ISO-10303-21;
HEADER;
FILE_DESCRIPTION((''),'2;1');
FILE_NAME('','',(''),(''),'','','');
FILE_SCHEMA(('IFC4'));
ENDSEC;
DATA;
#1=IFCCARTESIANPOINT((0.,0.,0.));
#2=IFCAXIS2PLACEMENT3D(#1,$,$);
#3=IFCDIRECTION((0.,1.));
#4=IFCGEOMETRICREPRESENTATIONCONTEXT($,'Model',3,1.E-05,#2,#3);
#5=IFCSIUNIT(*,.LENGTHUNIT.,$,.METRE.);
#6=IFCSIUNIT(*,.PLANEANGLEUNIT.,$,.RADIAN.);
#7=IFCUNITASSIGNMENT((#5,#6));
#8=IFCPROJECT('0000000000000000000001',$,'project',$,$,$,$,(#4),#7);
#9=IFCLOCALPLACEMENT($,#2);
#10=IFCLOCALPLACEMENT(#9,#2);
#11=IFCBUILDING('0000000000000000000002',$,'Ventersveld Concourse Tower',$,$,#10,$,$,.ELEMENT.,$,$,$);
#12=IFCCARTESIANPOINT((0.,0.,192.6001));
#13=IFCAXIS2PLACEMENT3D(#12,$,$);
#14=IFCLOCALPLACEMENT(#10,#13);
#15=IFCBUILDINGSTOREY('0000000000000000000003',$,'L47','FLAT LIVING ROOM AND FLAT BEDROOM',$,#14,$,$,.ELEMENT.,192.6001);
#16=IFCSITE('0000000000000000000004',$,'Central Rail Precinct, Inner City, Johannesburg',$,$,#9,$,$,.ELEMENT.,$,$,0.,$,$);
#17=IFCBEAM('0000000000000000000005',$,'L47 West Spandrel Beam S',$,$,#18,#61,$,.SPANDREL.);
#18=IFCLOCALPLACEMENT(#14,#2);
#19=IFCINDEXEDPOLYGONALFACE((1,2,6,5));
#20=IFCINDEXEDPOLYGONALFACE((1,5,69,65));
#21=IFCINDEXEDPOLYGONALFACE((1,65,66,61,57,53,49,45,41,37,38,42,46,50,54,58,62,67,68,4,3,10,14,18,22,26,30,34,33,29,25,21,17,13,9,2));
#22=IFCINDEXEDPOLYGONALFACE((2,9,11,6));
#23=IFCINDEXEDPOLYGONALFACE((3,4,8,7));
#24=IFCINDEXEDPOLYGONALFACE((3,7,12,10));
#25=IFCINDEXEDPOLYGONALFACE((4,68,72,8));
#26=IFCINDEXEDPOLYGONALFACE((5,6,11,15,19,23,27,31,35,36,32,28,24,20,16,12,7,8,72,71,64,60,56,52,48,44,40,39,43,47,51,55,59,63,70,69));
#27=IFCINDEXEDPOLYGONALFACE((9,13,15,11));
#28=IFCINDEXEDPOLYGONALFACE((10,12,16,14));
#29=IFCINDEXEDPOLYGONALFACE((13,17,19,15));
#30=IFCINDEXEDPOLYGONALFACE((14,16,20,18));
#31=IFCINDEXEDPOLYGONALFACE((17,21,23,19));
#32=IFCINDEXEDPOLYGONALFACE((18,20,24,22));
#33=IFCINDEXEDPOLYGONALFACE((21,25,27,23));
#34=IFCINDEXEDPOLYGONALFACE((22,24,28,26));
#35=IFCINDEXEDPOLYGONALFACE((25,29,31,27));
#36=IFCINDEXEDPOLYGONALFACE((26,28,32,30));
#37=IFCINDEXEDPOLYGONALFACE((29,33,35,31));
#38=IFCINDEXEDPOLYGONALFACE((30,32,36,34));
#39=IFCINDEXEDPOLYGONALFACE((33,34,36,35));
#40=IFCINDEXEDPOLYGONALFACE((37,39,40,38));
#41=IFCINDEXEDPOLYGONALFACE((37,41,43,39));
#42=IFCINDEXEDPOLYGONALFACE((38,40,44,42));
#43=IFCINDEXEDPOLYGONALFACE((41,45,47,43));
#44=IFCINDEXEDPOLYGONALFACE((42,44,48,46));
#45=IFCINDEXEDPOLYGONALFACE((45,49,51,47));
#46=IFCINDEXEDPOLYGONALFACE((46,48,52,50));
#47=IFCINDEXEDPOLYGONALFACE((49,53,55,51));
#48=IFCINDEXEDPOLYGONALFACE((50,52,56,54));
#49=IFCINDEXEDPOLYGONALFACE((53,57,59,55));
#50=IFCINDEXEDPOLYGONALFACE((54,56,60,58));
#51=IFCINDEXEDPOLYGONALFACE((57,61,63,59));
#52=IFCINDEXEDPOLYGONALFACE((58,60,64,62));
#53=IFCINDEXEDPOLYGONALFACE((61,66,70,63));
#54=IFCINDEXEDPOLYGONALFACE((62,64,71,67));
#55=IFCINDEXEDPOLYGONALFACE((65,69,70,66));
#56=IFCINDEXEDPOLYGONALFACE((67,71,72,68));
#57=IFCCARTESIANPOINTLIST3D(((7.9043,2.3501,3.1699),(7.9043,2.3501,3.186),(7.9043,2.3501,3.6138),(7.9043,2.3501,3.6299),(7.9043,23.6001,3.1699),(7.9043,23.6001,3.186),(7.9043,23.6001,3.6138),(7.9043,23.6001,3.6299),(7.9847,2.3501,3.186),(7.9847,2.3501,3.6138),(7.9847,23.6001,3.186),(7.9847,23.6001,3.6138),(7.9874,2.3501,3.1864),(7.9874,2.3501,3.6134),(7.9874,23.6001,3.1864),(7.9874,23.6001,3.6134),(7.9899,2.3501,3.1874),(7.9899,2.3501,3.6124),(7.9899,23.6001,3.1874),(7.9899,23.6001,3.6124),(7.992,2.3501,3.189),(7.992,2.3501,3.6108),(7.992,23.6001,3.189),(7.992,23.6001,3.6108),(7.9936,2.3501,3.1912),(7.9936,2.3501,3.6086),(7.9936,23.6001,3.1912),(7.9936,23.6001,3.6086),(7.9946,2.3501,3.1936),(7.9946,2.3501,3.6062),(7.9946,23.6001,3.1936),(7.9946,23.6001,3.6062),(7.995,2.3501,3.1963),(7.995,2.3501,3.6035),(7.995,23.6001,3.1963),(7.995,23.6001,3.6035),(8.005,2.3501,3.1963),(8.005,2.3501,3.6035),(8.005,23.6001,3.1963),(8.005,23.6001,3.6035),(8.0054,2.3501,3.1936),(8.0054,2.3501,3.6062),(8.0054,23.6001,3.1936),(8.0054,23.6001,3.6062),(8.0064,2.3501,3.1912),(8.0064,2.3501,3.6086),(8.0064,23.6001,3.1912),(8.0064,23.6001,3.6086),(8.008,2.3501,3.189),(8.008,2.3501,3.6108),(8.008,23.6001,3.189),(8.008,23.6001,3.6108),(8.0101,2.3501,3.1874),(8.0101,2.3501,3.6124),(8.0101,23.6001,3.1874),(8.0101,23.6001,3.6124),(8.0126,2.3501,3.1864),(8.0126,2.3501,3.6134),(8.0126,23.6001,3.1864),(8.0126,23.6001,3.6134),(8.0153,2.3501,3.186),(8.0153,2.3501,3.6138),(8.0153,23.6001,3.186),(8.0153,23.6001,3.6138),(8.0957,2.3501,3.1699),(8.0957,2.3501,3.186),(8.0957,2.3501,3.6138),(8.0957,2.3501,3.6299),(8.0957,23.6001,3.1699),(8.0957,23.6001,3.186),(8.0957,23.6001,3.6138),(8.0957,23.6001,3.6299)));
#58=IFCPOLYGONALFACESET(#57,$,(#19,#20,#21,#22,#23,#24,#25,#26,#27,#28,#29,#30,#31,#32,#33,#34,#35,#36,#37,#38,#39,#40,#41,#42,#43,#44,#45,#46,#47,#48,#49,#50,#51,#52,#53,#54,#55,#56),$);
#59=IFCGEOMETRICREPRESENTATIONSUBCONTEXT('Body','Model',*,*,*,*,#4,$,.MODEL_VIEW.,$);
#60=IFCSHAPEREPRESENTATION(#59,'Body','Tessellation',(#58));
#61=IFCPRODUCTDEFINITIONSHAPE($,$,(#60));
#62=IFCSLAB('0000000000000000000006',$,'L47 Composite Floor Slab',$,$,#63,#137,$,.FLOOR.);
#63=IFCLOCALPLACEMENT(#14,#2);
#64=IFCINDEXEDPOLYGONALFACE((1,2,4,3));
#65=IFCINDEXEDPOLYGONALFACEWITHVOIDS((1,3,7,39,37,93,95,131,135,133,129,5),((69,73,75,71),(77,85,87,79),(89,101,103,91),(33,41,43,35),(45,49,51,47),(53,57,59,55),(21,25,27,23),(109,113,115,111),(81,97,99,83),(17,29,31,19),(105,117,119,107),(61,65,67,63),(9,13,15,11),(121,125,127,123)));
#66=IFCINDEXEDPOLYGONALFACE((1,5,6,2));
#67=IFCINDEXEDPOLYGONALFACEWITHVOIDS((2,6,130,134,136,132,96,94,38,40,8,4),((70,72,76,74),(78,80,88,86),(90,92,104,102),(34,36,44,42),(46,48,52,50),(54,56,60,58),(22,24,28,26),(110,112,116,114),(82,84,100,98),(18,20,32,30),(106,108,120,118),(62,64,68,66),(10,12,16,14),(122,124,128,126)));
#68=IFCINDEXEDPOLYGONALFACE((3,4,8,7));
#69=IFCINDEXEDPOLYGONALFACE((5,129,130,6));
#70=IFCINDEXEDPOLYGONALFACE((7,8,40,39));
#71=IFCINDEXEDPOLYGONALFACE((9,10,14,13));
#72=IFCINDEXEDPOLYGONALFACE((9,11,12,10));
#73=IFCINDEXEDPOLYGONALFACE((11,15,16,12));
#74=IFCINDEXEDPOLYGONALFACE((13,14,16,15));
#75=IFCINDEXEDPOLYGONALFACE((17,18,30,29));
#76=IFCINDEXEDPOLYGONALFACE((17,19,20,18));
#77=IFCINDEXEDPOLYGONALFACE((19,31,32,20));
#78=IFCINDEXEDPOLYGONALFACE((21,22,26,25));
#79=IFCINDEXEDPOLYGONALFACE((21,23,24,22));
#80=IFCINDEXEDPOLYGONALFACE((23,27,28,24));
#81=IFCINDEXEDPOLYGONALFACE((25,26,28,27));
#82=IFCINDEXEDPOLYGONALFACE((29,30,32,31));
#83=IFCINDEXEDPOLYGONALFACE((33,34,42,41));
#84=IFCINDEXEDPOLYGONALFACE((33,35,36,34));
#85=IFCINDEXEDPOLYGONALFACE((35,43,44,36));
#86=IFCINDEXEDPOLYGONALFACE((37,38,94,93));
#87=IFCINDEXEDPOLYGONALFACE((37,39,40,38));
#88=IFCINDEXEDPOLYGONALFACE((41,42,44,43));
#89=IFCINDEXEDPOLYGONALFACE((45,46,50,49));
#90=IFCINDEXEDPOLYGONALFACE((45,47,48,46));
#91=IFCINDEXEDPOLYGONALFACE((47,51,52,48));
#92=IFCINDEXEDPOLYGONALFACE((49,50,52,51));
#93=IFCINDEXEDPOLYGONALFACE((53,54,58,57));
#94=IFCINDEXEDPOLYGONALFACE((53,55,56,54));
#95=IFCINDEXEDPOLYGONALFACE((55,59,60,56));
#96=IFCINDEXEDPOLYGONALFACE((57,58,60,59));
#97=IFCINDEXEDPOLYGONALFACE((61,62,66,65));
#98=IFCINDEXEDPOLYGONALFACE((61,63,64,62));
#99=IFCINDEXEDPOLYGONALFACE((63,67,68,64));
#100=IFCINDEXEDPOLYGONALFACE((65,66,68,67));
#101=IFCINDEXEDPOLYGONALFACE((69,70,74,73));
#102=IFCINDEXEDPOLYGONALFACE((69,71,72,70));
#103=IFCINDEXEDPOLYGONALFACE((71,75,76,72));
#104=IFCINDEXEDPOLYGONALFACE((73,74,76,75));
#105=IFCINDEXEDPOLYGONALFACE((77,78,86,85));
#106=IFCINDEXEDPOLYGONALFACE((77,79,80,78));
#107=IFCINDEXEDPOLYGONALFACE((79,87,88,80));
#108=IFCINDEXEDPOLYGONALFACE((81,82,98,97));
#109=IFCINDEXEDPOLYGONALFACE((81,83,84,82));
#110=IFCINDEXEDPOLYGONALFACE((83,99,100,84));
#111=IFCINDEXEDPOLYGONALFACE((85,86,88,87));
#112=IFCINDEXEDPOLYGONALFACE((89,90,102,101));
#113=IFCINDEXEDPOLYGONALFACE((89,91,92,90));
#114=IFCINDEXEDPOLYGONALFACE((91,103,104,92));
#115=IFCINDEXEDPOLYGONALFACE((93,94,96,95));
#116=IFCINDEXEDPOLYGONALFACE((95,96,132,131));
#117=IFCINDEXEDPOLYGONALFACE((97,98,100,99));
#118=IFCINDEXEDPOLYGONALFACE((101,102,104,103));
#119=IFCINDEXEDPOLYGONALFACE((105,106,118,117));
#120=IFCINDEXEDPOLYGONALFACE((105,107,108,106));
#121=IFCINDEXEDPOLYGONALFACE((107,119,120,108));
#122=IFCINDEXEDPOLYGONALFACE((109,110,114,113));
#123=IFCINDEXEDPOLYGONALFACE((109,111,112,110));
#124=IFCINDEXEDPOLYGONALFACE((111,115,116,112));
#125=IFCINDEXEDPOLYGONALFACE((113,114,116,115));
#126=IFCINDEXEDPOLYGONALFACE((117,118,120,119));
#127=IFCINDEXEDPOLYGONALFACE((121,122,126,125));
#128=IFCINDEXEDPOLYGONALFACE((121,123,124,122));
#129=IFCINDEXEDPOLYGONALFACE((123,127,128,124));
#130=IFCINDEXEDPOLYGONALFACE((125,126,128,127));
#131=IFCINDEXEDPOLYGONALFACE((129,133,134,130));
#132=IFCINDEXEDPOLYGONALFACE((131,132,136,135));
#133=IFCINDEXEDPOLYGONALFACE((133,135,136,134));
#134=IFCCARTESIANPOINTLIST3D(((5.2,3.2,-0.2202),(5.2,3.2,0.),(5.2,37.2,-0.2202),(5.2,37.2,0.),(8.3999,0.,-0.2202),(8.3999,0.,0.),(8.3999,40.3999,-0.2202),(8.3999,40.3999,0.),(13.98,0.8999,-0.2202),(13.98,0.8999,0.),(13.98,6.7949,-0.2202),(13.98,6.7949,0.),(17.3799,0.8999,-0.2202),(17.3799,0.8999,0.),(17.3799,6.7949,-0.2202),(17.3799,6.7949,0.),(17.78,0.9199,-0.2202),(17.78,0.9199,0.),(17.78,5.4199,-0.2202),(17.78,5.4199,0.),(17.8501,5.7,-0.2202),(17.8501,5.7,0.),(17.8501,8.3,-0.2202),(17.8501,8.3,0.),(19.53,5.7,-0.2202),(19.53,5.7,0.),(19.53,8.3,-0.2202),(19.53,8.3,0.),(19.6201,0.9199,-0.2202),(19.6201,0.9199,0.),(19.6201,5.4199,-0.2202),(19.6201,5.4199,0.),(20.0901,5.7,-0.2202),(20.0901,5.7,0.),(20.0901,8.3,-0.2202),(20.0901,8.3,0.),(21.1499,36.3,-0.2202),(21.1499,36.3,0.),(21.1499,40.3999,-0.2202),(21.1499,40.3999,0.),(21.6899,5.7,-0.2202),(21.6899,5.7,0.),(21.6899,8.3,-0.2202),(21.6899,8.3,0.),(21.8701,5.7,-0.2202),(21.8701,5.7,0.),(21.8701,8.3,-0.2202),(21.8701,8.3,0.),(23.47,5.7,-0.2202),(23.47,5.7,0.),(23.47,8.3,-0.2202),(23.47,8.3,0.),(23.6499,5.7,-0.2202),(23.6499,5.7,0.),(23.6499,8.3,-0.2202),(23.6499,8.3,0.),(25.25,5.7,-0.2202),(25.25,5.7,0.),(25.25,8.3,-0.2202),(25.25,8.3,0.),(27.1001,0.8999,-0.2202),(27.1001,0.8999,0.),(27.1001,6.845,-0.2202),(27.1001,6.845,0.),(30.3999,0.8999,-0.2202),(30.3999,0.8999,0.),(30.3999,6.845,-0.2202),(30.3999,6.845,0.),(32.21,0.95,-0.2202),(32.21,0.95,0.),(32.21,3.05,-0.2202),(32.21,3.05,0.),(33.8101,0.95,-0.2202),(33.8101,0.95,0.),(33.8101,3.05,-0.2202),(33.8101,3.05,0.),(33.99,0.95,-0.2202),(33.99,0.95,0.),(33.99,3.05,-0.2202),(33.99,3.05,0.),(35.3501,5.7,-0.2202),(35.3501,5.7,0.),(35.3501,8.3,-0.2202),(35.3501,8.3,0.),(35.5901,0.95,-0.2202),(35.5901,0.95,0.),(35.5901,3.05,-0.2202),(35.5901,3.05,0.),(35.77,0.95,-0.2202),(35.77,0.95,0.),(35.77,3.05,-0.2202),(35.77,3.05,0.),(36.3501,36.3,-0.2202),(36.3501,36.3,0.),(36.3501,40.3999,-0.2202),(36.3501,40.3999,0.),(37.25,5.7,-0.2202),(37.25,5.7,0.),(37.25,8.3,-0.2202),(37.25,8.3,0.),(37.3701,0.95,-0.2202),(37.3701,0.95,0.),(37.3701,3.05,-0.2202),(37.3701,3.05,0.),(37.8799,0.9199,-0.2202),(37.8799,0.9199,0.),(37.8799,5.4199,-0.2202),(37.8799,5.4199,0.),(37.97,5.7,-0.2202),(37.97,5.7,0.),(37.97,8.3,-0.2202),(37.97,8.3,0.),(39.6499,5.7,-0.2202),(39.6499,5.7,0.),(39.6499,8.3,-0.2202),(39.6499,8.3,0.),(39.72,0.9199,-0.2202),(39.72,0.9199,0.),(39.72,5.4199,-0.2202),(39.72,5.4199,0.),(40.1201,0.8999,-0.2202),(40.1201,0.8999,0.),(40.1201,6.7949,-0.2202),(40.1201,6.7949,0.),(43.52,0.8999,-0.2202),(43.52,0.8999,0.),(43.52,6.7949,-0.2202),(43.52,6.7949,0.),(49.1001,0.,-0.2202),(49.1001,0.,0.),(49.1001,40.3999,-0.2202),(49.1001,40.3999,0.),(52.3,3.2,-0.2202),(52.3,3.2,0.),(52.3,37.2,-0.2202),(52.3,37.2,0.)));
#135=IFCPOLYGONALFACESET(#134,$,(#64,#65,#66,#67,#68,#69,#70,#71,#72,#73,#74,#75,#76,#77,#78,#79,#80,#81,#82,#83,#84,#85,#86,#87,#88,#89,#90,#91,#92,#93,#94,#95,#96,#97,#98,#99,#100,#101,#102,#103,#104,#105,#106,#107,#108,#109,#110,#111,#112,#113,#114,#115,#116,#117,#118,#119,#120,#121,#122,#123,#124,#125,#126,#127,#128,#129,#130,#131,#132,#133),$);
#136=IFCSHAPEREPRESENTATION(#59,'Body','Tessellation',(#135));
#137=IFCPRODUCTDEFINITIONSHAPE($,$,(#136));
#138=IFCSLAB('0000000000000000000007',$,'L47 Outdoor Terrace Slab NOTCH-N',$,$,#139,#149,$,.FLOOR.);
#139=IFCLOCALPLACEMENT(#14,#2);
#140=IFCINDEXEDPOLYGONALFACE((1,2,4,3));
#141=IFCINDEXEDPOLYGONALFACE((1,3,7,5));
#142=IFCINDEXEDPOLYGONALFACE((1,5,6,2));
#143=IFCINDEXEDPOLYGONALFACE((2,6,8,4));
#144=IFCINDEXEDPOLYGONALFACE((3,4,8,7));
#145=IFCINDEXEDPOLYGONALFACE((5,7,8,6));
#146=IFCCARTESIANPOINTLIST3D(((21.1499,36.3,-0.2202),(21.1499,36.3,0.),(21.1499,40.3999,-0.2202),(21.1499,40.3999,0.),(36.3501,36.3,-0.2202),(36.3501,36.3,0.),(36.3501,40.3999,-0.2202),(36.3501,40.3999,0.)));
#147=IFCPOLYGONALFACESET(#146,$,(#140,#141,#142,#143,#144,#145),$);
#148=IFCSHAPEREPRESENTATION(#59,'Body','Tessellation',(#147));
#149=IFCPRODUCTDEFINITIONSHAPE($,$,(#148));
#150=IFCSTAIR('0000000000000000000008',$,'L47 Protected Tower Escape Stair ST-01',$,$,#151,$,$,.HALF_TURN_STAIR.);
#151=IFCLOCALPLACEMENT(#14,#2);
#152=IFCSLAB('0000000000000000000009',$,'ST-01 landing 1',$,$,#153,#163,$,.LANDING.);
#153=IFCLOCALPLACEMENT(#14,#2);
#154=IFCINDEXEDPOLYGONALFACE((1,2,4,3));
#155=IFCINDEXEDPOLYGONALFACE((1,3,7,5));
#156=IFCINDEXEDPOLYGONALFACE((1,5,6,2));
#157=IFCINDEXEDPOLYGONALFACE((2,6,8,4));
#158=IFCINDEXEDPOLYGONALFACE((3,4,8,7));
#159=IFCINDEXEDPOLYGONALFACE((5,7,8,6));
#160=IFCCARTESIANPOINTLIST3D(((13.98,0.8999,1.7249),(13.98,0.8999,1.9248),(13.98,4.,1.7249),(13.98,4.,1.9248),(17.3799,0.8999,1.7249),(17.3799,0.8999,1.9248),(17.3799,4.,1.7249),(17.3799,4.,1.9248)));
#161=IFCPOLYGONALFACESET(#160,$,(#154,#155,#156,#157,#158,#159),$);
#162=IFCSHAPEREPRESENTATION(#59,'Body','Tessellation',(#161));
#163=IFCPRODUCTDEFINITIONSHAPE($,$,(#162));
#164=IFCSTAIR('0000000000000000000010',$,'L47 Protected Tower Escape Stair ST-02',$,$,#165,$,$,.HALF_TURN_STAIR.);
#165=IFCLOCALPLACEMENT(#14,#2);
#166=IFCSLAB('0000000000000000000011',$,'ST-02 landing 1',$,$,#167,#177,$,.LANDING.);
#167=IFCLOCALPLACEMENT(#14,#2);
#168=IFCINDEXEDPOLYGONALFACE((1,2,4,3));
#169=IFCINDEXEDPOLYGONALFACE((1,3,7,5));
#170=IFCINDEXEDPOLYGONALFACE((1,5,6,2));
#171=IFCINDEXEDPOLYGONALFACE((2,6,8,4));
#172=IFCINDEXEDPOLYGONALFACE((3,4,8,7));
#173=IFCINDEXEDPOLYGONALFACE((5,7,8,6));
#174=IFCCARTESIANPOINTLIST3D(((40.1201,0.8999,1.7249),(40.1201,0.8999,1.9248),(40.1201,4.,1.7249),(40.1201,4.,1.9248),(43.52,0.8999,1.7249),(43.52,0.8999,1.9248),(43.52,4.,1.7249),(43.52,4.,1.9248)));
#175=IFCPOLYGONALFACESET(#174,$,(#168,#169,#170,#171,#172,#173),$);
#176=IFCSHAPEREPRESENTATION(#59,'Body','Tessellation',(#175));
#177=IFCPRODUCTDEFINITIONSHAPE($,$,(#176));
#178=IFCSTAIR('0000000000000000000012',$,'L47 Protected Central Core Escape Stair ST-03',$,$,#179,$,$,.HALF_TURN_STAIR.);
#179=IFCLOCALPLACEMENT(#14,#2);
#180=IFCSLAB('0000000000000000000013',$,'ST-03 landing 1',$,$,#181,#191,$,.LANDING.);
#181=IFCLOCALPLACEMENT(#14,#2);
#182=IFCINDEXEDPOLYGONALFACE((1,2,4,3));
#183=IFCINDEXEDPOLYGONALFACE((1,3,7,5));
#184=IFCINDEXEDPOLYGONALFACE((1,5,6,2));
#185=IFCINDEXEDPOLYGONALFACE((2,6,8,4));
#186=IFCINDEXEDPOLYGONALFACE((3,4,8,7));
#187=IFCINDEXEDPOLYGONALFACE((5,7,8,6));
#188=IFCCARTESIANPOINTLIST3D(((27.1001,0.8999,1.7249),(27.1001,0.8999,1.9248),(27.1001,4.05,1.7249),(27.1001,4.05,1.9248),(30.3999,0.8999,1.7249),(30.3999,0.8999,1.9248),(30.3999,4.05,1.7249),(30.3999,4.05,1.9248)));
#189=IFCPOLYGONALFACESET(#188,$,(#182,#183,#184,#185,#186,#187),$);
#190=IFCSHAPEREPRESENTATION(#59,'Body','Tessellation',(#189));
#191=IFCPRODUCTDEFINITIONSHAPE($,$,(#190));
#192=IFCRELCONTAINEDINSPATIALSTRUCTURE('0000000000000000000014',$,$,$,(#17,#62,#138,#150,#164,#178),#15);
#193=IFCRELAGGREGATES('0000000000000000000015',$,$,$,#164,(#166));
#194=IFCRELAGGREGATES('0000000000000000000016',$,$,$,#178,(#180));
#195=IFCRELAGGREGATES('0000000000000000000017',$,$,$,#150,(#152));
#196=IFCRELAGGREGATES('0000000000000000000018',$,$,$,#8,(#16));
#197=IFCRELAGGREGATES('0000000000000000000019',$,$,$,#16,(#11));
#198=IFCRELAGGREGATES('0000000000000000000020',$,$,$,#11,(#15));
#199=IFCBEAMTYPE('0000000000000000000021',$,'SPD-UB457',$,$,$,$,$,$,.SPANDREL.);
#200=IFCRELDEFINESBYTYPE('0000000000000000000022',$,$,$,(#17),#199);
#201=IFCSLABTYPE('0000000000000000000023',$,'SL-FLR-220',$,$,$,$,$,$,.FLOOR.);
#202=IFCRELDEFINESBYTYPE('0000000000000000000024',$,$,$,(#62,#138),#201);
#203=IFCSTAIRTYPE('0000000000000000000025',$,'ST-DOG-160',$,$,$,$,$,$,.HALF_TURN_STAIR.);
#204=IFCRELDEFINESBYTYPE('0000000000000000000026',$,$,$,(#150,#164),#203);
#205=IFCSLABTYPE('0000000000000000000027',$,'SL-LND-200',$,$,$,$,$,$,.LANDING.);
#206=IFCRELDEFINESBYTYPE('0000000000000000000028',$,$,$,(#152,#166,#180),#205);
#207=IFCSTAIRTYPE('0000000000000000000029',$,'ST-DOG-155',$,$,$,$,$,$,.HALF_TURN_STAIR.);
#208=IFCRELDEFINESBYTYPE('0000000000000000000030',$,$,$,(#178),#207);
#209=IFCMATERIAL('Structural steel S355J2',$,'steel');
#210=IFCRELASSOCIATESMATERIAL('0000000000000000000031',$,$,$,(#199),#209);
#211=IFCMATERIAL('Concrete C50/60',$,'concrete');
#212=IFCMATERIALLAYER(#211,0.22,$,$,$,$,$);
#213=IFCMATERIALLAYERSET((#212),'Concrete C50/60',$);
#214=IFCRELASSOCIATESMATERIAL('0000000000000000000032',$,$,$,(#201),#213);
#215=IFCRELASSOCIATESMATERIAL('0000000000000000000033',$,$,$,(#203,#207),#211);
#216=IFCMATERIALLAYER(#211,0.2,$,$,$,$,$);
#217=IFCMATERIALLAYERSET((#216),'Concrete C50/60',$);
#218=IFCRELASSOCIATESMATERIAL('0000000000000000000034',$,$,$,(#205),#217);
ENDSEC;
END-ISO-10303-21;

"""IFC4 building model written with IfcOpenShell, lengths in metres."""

from ifc_helpers import new_model, si_unit, direction, frame, origin, origin_2d, place, context, subcontext, project, spatial, polyline, i_section, outline, extrude, material, layer, layer_set, material_profile, profile_set, type_object, element, aggregate, save


model = new_model("IFC4")

# Units and contexts
model_context = context("Model", 3, precision=1e-05, world=origin(), true_north=direction((0.0, 1.0)))
body_context = subcontext(model_context, "Body", "Model", "MODEL_VIEW")
ifc_project = project(units=[si_unit("LENGTHUNIT", "METRE"), si_unit("PLANEANGLEUNIT", "RADIAN")], contexts=[model_context])

# Site, building, storey
site_placement = place(None, origin())
site = spatial("IfcSite", under=ifc_project, at=site_placement, Name="Central Rail Precinct, Inner City, Johannesburg", CompositionType="ELEMENT", RefElevation=0.0)
building_placement = place(site_placement, origin())
building = spatial("IfcBuilding", under=site, at=building_placement, Name="Ventersveld Concourse Tower", CompositionType="ELEMENT")
storey_placement = place(building_placement, frame((0.0, 0.0, 192.6001)))
storey = spatial("IfcBuildingStorey", under=building, at=storey_placement, Name="L47", Description="FLAT LIVING ROOM AND FLAT BEDROOM", CompositionType="ELEMENT", Elevation=192.6001)

# Shared definitions
ifc_material_1 = material(Name="Concrete C50/60", Category="concrete")

# Shared definitions
ifc_material_2 = material(Name="Structural steel S355J2", Category="steel")

# Beam
ifc_material_profile_1 = material_profile(ifc_material_2, i_section(OverallWidth=0.1914, OverallDepth=0.46, WebThickness=0.01, FlangeThickness=0.0161, FilletRadius=0.0103, at=origin_2d()), Name="UB 457x191x82")
ifc_profile_set_1 = profile_set([ifc_material_profile_1], Name="Structural steel S355J2")
beam_type_1 = type_object("IfcBeamType", Name="SPD-UB457", PredefinedType="SPANDREL", material=ifc_profile_set_1)
beam_1_placement = place(storey_placement, frame((8.0, 2.3501, 3.3999), z_axis=(0.0, 1.0, 0.0), x_axis=(-1.0, 0.0, 0.0)))
element("IfcBeam", 1, at=beam_1_placement, inside=storey, type_object=beam_type_1, Name="L47 West Spandrel Beam S", PredefinedType="SPANDREL", context=body_context, shape_type="SweptSolid", body=[
    extrude(i_section(OverallWidth=0.1914, OverallDepth=0.46, WebThickness=0.01, FlangeThickness=0.0161, FilletRadius=0.0103, at=origin_2d()), origin(), (0.0, 0.0, 1.0), 21.25),
])

# Slabs
ifc_layer_1 = layer(ifc_material_1, 0.22)
ifc_layer_set_1 = layer_set([ifc_layer_1], Name="Concrete C50/60")
slab_type_1 = type_object("IfcSlabType", Name="SL-FLR-220", PredefinedType="FLOOR", material=ifc_layer_set_1)
slab_1_placement = place(storey_placement, frame((0.0, 0.0, -0.2202)))
element("IfcSlab", 2, at=slab_1_placement, inside=storey, type_object=slab_type_1, Name="L47 Composite Floor Slab", PredefinedType="FLOOR", context=body_context, shape_type="SweptSolid", body=[
    extrude(outline(polyline([(8.3999, 0.0), (49.1001, 0.0), (52.3, 3.2), (52.3, 37.2), (49.1001, 40.3999), (36.3501, 40.3999), (36.3501, 36.3), (21.1499, 36.3), (21.1499, 40.3999), (8.3999, 40.3999), (5.2, 37.2), (5.2, 3.2), (8.3999, 0.0)]), holes=[polyline([(13.98, 6.7949), (13.98, 0.8999), (17.3799, 0.8999), (17.3799, 6.7949), (13.98, 6.7949)]), polyline([(40.1201, 6.7949), (40.1201, 0.8999), (43.52, 0.8999), (43.52, 6.7949), (40.1201, 6.7949)]), polyline([(27.1001, 6.845), (27.1001, 0.8999), (30.3999, 0.8999), (30.3999, 6.845), (27.1001, 6.845)]), polyline([(17.8501, 5.7), (19.53, 5.7), (19.53, 8.3), (17.8501, 8.3), (17.8501, 5.7)]), polyline([(37.97, 5.7), (39.6499, 5.7), (39.6499, 8.3), (37.97, 8.3), (37.97, 5.7)]), polyline([(35.3501, 5.7), (37.25, 5.7), (37.25, 8.3), (35.3501, 8.3), (35.3501, 5.7)]), polyline([(32.21, 0.95), (33.8101, 0.95), (33.8101, 3.05), (32.21, 3.05), (32.21, 0.95)]), polyline([(33.99, 0.95), (35.5901, 0.95), (35.5901, 3.05), (33.99, 3.05), (33.99, 0.95)]), polyline([(35.77, 0.95), (37.3701, 0.95), (37.3701, 3.05), (35.77, 3.05), (35.77, 0.95)]), polyline([(20.0901, 5.7), (21.6899, 5.7), (21.6899, 8.3), (20.0901, 8.3), (20.0901, 5.7)]), polyline([(21.8701, 5.7), (23.47, 5.7), (23.47, 8.3), (21.8701, 8.3), (21.8701, 5.7)]), polyline([(23.6499, 5.7), (25.25, 5.7), (25.25, 8.3), (23.6499, 8.3), (23.6499, 5.7)]), polyline([(17.78, 0.9199), (19.6201, 0.9199), (19.6201, 5.4199), (17.78, 5.4199), (17.78, 0.9199)]), polyline([(37.8799, 0.9199), (39.72, 0.9199), (39.72, 5.4199), (37.8799, 5.4199), (37.8799, 0.9199)])]), origin(), (0.0, 0.0, 1.0), 0.2202),
])
slab_2_placement = place(storey_placement, frame((0.0, 0.0, -0.2202)))
element("IfcSlab", 3, at=slab_2_placement, inside=storey, type_object=slab_type_1, Name="L47 Outdoor Terrace Slab NOTCH-N", PredefinedType="FLOOR", context=body_context, shape_type="SweptSolid", body=[
    extrude(outline(polyline([(21.1499, 36.3), (36.3501, 36.3), (36.3501, 40.3999), (21.1499, 40.3999), (21.1499, 36.3)])), origin(), (0.0, 0.0, 1.0), 0.2202),
])

# Stairs, slabs
stair_type_1 = type_object("IfcStairType", Name="ST-DOG-160", PredefinedType="HALF_TURN_STAIR", material=ifc_material_1)
stair_1_placement = place(storey_placement, origin())
stair_1 = element("IfcStair", 4, at=stair_1_placement, inside=storey, type_object=stair_type_1, Name="L47 Protected Tower Escape Stair ST-01", PredefinedType="HALF_TURN_STAIR")
ifc_layer_2 = layer(ifc_material_1, 0.2)
ifc_layer_set_2 = layer_set([ifc_layer_2], Name="Concrete C50/60")
slab_type_2 = type_object("IfcSlabType", Name="SL-LND-200", PredefinedType="LANDING", material=ifc_layer_set_2)
slab_3_placement = place(storey_placement, frame((0.0, 0.0, 1.7249)))
slab_3 = element("IfcSlab", 5, at=slab_3_placement, type_object=slab_type_2, Name="ST-01 landing 1", PredefinedType="LANDING", context=body_context, shape_type="SweptSolid", body=[
    extrude(outline(polyline([(13.98, 4.0), (13.98, 0.8999), (17.3799, 0.8999), (17.3799, 4.0), (13.98, 4.0)])), origin(), (0.0, 0.0, 1.0), 0.2),
])
stair_2_placement = place(storey_placement, origin())
stair_2 = element("IfcStair", 6, at=stair_2_placement, inside=storey, type_object=stair_type_1, Name="L47 Protected Tower Escape Stair ST-02", PredefinedType="HALF_TURN_STAIR")
slab_4_placement = place(storey_placement, frame((0.0, 0.0, 1.7249)))
slab_4 = element("IfcSlab", 7, at=slab_4_placement, type_object=slab_type_2, Name="ST-02 landing 1", PredefinedType="LANDING", context=body_context, shape_type="SweptSolid", body=[
    extrude(outline(polyline([(40.1201, 4.0), (40.1201, 0.8999), (43.52, 0.8999), (43.52, 4.0), (40.1201, 4.0)])), origin(), (0.0, 0.0, 1.0), 0.2),
])
aggregate(stair_2, [slab_4])
stair_type_2 = type_object("IfcStairType", Name="ST-DOG-155", PredefinedType="HALF_TURN_STAIR", material=ifc_material_1)
stair_3_placement = place(storey_placement, origin())
stair_3 = element("IfcStair", 8, at=stair_3_placement, inside=storey, type_object=stair_type_2, Name="L47 Protected Central Core Escape Stair ST-03", PredefinedType="HALF_TURN_STAIR")
slab_5_placement = place(storey_placement, frame((0.0, 0.0, 1.7249)))
slab_5 = element("IfcSlab", 9, at=slab_5_placement, type_object=slab_type_2, Name="ST-03 landing 1", PredefinedType="LANDING", context=body_context, shape_type="SweptSolid", body=[
    extrude(outline(polyline([(27.1001, 4.05), (27.1001, 0.8999), (30.3999, 0.8999), (30.3999, 4.05), (27.1001, 4.05)])), origin(), (0.0, 0.0, 1.0), 0.2),
])
aggregate(stair_3, [slab_5])

aggregate(stair_1, [slab_3])

save(model, "model.ifc")
